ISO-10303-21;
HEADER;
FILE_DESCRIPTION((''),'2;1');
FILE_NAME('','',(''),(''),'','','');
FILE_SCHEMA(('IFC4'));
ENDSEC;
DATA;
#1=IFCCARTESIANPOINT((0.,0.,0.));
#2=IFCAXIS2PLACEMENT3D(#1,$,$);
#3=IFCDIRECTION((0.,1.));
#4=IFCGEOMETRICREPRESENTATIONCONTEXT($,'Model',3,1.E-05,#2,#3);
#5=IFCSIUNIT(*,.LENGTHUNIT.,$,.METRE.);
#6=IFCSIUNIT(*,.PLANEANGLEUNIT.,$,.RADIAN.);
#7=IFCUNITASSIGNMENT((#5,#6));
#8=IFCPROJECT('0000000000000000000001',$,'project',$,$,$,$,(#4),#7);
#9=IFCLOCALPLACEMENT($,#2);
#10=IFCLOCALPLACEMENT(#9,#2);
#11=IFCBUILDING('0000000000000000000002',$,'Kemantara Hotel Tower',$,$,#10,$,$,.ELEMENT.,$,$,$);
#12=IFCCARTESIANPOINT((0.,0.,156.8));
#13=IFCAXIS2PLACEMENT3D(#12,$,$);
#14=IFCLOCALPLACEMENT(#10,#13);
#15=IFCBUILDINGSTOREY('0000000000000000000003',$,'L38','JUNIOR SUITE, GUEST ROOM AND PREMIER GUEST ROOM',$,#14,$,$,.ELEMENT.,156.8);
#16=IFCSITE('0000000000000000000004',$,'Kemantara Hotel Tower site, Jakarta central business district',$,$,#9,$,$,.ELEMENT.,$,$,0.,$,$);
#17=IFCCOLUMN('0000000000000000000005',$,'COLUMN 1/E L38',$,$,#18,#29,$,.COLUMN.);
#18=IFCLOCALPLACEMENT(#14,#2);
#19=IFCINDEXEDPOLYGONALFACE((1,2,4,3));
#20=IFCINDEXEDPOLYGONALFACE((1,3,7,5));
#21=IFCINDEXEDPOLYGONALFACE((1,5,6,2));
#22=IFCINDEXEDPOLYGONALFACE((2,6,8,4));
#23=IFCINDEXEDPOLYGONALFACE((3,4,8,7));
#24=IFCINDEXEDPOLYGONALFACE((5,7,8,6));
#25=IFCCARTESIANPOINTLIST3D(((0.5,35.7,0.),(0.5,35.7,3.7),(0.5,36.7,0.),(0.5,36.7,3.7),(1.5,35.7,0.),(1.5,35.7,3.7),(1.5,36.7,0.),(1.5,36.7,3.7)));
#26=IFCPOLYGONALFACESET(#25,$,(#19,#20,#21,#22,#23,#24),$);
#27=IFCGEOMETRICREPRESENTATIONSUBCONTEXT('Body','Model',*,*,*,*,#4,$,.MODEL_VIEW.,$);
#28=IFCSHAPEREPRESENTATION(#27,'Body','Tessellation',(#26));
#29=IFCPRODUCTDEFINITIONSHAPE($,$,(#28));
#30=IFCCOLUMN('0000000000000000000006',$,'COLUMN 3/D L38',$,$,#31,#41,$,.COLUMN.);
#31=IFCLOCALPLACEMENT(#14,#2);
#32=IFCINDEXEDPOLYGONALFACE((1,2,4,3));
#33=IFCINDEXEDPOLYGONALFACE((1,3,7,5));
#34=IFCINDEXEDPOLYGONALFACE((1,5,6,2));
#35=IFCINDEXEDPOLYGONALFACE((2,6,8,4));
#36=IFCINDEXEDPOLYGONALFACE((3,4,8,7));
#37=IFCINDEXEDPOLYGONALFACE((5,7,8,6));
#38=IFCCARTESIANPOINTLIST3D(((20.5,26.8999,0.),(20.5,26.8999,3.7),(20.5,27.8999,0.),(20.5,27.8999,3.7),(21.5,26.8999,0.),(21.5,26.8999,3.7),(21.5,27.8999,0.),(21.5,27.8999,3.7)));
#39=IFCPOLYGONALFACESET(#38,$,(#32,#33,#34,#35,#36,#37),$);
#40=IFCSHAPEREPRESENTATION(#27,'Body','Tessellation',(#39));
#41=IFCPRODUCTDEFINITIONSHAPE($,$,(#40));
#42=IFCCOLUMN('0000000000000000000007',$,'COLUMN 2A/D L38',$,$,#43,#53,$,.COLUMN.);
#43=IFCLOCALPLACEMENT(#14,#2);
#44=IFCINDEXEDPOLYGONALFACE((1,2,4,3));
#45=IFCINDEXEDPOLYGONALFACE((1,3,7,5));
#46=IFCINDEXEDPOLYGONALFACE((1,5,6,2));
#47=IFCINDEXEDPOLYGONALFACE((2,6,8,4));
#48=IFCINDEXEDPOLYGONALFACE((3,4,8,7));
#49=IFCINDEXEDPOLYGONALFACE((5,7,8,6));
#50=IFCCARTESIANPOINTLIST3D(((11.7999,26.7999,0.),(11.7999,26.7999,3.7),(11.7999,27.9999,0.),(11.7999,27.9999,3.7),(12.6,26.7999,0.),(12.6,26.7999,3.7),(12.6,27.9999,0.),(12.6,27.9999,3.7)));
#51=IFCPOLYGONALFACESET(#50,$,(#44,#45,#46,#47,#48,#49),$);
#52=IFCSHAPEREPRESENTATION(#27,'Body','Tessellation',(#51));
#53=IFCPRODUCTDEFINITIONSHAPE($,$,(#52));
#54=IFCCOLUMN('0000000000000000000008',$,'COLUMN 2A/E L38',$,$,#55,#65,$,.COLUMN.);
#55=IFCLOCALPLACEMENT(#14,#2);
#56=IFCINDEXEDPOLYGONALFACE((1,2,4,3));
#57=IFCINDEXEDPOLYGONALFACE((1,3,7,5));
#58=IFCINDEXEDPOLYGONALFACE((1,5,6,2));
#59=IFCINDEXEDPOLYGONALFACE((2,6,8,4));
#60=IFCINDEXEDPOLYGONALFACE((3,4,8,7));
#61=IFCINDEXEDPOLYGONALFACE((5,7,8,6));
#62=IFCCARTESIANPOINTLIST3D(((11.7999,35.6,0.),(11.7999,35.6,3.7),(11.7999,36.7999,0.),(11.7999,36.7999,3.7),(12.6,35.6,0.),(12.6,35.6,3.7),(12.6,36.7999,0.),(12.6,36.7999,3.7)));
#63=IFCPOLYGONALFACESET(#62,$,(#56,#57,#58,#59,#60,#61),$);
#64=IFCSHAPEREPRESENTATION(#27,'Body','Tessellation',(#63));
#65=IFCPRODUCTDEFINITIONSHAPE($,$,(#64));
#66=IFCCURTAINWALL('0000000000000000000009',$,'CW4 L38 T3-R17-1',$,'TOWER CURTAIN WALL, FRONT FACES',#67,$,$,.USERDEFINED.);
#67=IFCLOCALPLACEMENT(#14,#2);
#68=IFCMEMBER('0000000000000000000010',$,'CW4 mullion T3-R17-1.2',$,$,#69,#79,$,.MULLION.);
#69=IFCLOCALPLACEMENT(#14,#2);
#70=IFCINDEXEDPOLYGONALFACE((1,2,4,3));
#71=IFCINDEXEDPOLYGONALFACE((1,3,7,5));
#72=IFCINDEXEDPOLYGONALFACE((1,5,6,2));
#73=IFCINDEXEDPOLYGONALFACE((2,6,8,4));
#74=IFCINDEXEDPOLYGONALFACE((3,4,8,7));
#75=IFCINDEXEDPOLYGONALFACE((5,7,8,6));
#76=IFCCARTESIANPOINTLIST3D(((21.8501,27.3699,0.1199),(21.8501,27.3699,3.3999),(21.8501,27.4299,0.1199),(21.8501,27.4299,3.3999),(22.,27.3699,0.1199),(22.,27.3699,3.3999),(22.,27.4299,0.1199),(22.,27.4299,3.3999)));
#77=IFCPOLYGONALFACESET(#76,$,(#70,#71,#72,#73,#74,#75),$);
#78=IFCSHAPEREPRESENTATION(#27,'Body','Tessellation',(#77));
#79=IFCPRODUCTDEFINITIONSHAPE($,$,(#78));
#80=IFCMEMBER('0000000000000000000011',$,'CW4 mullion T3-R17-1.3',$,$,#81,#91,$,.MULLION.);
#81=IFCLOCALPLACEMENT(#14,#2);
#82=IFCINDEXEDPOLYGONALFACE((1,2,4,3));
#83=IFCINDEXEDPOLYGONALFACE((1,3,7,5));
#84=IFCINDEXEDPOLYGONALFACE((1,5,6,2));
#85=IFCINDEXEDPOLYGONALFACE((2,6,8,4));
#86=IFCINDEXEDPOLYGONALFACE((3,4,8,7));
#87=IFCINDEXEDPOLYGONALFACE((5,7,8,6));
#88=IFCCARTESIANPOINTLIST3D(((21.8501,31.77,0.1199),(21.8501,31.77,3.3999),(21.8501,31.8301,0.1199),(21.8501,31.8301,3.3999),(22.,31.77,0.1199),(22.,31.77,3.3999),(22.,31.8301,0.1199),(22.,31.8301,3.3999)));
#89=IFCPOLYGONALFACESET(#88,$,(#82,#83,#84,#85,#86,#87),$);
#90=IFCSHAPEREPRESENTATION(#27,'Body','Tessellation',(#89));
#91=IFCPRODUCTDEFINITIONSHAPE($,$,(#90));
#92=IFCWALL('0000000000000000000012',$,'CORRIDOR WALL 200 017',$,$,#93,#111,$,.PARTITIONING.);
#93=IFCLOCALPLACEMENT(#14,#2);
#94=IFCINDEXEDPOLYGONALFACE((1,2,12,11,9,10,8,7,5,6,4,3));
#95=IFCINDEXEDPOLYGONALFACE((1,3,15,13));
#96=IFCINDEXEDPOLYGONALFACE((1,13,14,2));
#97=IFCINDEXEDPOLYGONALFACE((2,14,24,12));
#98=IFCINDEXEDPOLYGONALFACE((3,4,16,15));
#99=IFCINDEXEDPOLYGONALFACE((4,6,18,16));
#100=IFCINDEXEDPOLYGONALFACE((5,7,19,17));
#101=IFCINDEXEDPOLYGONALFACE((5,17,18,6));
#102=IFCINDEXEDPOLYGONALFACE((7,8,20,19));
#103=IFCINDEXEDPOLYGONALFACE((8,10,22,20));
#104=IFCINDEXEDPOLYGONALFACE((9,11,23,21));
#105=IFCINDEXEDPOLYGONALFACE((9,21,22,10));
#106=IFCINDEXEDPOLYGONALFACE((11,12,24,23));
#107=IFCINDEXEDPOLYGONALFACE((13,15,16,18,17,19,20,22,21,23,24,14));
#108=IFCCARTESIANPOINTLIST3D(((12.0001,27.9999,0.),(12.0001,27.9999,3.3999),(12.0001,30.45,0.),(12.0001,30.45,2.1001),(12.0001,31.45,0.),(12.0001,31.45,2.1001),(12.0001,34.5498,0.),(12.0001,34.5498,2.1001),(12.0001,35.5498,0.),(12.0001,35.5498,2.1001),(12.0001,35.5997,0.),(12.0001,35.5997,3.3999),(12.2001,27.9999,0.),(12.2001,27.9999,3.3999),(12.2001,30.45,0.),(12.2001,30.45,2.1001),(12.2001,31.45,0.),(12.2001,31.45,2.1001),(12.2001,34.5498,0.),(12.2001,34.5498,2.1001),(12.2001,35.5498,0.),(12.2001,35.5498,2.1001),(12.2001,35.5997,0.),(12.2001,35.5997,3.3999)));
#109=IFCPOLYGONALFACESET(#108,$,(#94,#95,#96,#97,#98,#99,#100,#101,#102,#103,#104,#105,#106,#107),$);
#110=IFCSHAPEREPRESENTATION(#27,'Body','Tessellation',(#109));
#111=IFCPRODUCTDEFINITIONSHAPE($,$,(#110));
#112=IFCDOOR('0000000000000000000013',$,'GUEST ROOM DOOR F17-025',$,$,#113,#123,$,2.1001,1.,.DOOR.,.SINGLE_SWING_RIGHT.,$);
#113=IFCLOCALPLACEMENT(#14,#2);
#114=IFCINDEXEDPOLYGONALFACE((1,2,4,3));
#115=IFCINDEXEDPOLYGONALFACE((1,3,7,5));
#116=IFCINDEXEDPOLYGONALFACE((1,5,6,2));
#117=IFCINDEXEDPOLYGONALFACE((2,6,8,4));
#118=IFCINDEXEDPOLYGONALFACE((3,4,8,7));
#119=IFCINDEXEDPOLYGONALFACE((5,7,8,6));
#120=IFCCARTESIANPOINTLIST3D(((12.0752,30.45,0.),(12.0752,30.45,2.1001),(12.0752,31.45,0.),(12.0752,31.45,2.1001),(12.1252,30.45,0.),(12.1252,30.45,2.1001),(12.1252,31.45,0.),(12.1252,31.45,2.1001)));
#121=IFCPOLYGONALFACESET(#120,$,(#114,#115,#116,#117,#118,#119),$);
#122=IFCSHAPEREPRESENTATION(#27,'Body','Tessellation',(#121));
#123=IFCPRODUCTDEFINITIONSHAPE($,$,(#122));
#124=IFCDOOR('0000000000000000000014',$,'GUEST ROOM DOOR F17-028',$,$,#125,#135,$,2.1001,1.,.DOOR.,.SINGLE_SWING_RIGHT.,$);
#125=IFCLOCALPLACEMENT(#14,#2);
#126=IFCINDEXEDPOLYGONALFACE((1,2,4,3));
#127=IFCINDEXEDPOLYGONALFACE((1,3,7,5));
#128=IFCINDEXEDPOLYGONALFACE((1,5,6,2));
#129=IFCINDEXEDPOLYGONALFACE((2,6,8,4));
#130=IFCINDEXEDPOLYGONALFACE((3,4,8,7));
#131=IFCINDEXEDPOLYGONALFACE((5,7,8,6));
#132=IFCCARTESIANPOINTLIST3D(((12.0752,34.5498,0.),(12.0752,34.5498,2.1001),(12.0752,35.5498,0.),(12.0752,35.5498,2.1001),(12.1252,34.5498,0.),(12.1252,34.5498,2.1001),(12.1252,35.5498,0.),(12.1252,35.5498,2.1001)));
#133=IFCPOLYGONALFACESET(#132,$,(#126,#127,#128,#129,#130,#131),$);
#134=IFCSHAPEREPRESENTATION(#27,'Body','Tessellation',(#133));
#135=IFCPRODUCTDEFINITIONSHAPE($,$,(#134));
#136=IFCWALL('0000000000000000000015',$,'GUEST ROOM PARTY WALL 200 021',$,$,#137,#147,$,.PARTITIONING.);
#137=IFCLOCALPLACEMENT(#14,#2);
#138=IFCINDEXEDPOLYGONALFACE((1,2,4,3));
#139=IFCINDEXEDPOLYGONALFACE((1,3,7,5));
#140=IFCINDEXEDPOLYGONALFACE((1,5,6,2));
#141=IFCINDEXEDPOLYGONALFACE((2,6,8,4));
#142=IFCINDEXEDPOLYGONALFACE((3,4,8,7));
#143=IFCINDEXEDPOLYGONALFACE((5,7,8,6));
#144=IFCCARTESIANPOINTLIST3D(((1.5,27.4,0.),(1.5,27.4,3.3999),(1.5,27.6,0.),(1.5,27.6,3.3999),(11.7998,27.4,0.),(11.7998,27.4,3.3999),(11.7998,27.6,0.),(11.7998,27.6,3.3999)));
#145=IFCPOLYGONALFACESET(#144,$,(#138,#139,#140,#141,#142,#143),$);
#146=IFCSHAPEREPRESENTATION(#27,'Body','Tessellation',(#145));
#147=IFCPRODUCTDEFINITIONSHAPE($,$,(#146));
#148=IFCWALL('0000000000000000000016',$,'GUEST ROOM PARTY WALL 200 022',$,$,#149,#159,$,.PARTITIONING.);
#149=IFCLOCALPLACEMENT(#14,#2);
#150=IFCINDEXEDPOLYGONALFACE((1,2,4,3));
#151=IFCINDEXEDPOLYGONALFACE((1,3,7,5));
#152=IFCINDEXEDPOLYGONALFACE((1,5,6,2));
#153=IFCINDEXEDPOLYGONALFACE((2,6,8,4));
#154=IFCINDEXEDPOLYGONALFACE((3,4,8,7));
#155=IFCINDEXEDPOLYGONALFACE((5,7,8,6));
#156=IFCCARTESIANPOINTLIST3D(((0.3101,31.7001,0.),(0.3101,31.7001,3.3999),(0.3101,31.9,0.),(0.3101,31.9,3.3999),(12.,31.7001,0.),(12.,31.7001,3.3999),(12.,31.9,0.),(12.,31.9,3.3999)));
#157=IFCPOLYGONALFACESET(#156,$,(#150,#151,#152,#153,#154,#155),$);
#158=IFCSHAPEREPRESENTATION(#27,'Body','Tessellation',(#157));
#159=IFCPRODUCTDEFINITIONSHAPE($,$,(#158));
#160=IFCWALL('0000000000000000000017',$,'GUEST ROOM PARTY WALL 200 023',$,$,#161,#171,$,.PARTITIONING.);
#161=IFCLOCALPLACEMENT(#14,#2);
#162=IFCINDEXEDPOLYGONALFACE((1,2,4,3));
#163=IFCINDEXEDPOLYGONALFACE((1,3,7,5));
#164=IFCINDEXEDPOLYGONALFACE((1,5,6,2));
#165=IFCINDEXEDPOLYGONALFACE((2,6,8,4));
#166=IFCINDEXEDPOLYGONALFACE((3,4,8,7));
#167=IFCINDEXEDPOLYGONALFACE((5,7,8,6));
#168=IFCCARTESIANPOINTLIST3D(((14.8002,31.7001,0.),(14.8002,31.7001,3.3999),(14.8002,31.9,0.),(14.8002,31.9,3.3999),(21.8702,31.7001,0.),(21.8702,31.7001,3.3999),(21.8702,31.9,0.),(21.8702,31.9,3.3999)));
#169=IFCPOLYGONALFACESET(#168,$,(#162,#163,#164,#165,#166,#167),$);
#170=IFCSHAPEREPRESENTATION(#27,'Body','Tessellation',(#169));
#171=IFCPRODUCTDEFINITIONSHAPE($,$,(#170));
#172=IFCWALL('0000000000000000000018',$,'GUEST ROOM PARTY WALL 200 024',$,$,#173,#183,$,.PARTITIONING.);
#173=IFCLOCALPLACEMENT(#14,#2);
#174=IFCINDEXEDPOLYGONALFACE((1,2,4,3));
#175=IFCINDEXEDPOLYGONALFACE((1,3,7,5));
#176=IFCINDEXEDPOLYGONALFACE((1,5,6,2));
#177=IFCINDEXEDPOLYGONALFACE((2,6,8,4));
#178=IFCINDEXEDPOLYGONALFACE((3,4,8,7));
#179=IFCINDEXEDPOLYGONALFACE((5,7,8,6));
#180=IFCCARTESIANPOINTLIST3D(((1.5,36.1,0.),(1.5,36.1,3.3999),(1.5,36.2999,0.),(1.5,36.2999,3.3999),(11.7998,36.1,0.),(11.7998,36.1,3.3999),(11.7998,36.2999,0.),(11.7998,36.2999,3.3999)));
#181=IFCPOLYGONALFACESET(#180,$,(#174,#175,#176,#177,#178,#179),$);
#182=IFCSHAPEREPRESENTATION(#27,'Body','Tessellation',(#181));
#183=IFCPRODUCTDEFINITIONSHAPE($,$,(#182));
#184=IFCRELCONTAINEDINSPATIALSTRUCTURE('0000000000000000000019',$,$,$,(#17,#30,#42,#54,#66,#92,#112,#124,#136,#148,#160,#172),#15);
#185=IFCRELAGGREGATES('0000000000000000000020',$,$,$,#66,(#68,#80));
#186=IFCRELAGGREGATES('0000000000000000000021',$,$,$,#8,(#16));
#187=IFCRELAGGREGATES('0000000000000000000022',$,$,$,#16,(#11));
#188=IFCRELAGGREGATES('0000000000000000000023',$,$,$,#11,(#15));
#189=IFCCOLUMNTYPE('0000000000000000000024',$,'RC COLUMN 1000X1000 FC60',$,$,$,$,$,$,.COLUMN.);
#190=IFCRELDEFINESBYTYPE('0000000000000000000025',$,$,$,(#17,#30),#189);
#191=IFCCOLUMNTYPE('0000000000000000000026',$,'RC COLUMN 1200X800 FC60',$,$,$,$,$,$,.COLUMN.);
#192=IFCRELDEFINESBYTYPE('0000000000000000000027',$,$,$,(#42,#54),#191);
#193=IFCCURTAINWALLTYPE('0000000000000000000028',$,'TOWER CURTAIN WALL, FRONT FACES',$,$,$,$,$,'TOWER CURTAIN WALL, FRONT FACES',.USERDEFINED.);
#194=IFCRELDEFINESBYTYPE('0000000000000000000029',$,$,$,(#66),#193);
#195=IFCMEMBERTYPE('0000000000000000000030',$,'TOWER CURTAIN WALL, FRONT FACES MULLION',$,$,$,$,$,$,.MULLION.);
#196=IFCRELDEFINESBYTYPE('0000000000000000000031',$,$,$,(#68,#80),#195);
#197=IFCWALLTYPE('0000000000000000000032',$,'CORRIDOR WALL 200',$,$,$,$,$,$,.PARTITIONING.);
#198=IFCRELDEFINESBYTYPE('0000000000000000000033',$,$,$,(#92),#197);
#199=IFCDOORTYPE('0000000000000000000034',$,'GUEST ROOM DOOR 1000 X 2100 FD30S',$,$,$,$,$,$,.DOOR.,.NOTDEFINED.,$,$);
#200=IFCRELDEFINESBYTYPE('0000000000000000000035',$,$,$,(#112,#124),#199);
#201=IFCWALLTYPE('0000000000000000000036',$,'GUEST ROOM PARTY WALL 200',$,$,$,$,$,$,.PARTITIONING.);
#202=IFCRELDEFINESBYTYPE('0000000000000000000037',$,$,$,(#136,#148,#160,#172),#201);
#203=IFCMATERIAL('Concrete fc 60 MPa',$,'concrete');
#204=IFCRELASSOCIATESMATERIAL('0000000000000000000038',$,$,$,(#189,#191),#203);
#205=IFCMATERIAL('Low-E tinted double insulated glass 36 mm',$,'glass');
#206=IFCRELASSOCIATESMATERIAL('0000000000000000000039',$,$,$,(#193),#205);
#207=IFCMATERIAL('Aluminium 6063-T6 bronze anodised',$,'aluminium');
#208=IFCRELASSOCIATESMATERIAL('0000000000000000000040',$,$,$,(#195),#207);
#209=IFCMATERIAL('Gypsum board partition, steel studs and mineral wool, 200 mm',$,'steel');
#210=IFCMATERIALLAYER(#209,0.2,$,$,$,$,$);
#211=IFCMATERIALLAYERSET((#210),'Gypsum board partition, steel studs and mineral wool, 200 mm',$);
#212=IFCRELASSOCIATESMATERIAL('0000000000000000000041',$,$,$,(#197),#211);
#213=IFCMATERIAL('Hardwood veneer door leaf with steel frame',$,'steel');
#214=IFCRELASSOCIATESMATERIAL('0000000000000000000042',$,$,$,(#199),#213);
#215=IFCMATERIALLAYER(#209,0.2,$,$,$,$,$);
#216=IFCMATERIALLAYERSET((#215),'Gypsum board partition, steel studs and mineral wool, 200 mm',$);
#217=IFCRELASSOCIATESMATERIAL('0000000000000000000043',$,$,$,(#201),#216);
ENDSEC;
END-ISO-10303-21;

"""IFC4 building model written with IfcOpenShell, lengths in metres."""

from ifc_helpers import new_model, si_unit, direction, frame, frame_2d, origin, origin_2d, place, context, subcontext, project, spatial, rectangle, extrude, source, transform, mapped, material, layer, layer_set, material_profile, profile_set, type_object, element, fill, aggregate, save


model = new_model("IFC4")

# Units and contexts
model_context = context("Model", 3, precision=1e-05, world=origin(), true_north=direction((0.0, 1.0)))
body_context = subcontext(model_context, "Body", "Model", "MODEL_VIEW")
ifc_project = project(units=[si_unit("LENGTHUNIT", "METRE"), si_unit("PLANEANGLEUNIT", "RADIAN")], contexts=[model_context])

# Site, building, storey
site_placement = place(None, origin())
site = spatial("IfcSite", under=ifc_project, at=site_placement, Name="Kemantara Hotel Tower site, Jakarta central business district", CompositionType="ELEMENT", RefElevation=0.0)
building_placement = place(site_placement, origin())
building = spatial("IfcBuilding", under=site, at=building_placement, Name="Kemantara Hotel Tower", CompositionType="ELEMENT")
storey_placement = place(building_placement, frame((0.0, 0.0, 156.8)))
storey = spatial("IfcBuildingStorey", under=building, at=storey_placement, Name="L38", Description="JUNIOR SUITE, GUEST ROOM AND PREMIER GUEST ROOM", CompositionType="ELEMENT", Elevation=156.8)

# Columns
ifc_material_1 = material(Name="Concrete fc 60 MPa", Category="concrete")
ifc_material_profile_1 = material_profile(ifc_material_1, rectangle(XDim=1.0, YDim=1.0, at=origin_2d()), Name="RC 1000X1000")
ifc_profile_set_1 = profile_set([ifc_material_profile_1], Name="Concrete fc 60 MPa")
column_type_1 = type_object("IfcColumnType", Name="RC COLUMN 1000X1000 FC60", PredefinedType="COLUMN", material=ifc_profile_set_1)
for number, where, z_axis, x_axis, name in (
    (1, (1.0, 36.2, 0.0), (0.0, 0.0, 1.0), (1.0, 0.0, 0.0), "COLUMN 1/E L38"),
    (2, (21.0, 27.3999, 0.0), (0.0, 0.0, 1.0), (1.0, 0.0, 0.0), "COLUMN 3/D L38"),
):
    element("IfcColumn", number, at=place(storey_placement, frame(where, z_axis=z_axis, x_axis=x_axis)), inside=storey, type_object=column_type_1, Name=name, PredefinedType="COLUMN", context=body_context, shape_type="SweptSolid", body=[
        extrude(rectangle(XDim=1.0, YDim=1.0, at=origin_2d()), origin(), (0.0, 0.0, 1.0), 3.7),
    ])
ifc_material_profile_2 = material_profile(ifc_material_1, rectangle(XDim=1.2, YDim=0.8, at=origin_2d()), Name="RC 1200X800")
ifc_profile_set_2 = profile_set([ifc_material_profile_2], Name="Concrete fc 60 MPa")
column_type_2 = type_object("IfcColumnType", Name="RC COLUMN 1200X800 FC60", PredefinedType="COLUMN", material=ifc_profile_set_2)
for number, where, z_axis, x_axis, name in (
    (3, (12.2, 27.3999, 0.0), (0.0, 0.0, 1.0), (0.0, 1.0, 0.0), "COLUMN 2A/D L38"),
    (4, (12.2, 36.2, 0.0), (0.0, 0.0, 1.0), (0.0, 1.0, 0.0), "COLUMN 2A/E L38"),
):
    element("IfcColumn", number, at=place(storey_placement, frame(where, z_axis=z_axis, x_axis=x_axis)), inside=storey, type_object=column_type_2, Name=name, PredefinedType="COLUMN", context=body_context, shape_type="SweptSolid", body=[
        extrude(rectangle(XDim=1.2, YDim=0.8, at=origin_2d()), origin(), (0.0, 0.0, 1.0), 3.7),
    ])

# Curtain wall, members
ifc_material_2 = material(Name="Low-E tinted double insulated glass 36 mm", Category="glass")
curtain_wall_type = type_object("IfcCurtainWallType", Name="TOWER CURTAIN WALL, FRONT FACES", ElementType="TOWER CURTAIN WALL, FRONT FACES", PredefinedType="USERDEFINED", material=ifc_material_2)
curtain_wall_placement = place(storey_placement, origin())
curtain_wall = element("IfcCurtainWall", 5, at=curtain_wall_placement, inside=storey, type_object=curtain_wall_type, Name="CW4 L38 T3-R17-1", ObjectType="TOWER CURTAIN WALL, FRONT FACES", PredefinedType="USERDEFINED")
ifc_material_3 = material(Name="Aluminium 6063-T6 bronze anodised", Category="aluminium")
ifc_material_profile_3 = material_profile(ifc_material_3, rectangle(XDim=0.1499, YDim=0.0601, at=origin_2d()), Name="TOWER CURTAIN WALL, FRONT FACES MULLION")
ifc_profile_set_3 = profile_set([ifc_material_profile_3], Name="Aluminium 6063-T6 bronze anodised")
member_type = type_object("IfcMemberType", Name="TOWER CURTAIN WALL, FRONT FACES MULLION", PredefinedType="MULLION", material=ifc_profile_set_3)
shared_shape_1 = source(origin(), body_context, "Body", "SweptSolid", [
    extrude(rectangle(XDim=0.1499, YDim=0.0601, at=origin_2d()), origin(), (0.0, 0.0, 1.0), 3.28),
])
member_1_placement = place(storey_placement, frame((21.925, 27.3999, 0.1199), z_axis=(0.0, 0.0, 1.0), x_axis=(-1.0, 0.0, 0.0)))
member_1 = element("IfcMember", 6, at=member_1_placement, type_object=member_type, Name="CW4 mullion T3-R17-1.2", PredefinedType="MULLION", context=body_context, shape_type="MappedRepresentation", body=[
    mapped(shared_shape_1, transform((0.0, 0.0, 0.0))),
])
member_2_placement = place(storey_placement, frame((21.925, 31.8, 0.1199), z_axis=(0.0, 0.0, 1.0), x_axis=(-1.0, 0.0, 0.0)))
member_2 = element("IfcMember", 7, at=member_2_placement, type_object=member_type, Name="CW4 mullion T3-R17-1.3", PredefinedType="MULLION", context=body_context, shape_type="MappedRepresentation", body=[
    mapped(shared_shape_1, transform((0.0, 0.0, 0.0))),
])
aggregate(curtain_wall, [member_1, member_2])

# Wall, openings, doors
ifc_material_4 = material(Name="Gypsum board partition, steel studs and mineral wool, 200 mm", Category="steel")
ifc_layer_1 = layer(ifc_material_4, 0.2)
ifc_layer_set_1 = layer_set([ifc_layer_1], Name="Gypsum board partition, steel studs and mineral wool, 200 mm")
wall_type_1 = type_object("IfcWallType", Name="CORRIDOR WALL 200", PredefinedType="PARTITIONING", material=ifc_layer_set_1)
wall_1_placement = place(storey_placement, frame((12.1001, 28.0, 0.0), z_axis=(0.0, 0.0, 1.0), x_axis=(0.0, 1.0, 0.0)))
wall_1 = element("IfcWall", 8, at=wall_1_placement, inside=storey, type_object=wall_type_1, Name="CORRIDOR WALL 200 017", PredefinedType="PARTITIONING", context=body_context, shape_type="SweptSolid", body=[
    extrude(rectangle(XDim=7.5999, YDim=0.2, at=frame_2d((3.7998, 0.0))), origin(), (0.0, 0.0, 1.0), 3.3999),
])
opening_1_placement = place(wall_1_placement, frame((2.45, 0.0, 0.0)))
opening_1 = element("IfcOpeningElement", 9, at=opening_1_placement, cuts=wall_1, PredefinedType="OPENING", context=body_context, shape_type="SweptSolid", body=[
    extrude(rectangle(XDim=1.0, YDim=2.1001, at=frame_2d((0.5, 1.05))), frame((0.0, 0.1099, 0.0), z_axis=(0.0, -1.0, 0.0), x_axis=(1.0, 0.0, 0.0)), (0.0, 0.0, 1.0), 0.22),
])
opening_2_placement = place(wall_1_placement, frame((6.5498, 0.0, 0.0)))
opening_2 = element("IfcOpeningElement", 10, at=opening_2_placement, cuts=wall_1, PredefinedType="OPENING", context=body_context, shape_type="SweptSolid", body=[
    extrude(rectangle(XDim=1.0, YDim=2.1001, at=frame_2d((0.5, 1.05))), frame((0.0, 0.1099, 0.0), z_axis=(0.0, -1.0, 0.0), x_axis=(1.0, 0.0, 0.0)), (0.0, 0.0, 1.0), 0.22),
])
ifc_material_5 = material(Name="Hardwood veneer door leaf with steel frame", Category="steel")
door_type_1 = type_object("IfcDoorType", Name="GUEST ROOM DOOR 1000 X 2100 FD30S", OperationType="NOTDEFINED", PredefinedType="DOOR", material=ifc_material_5)
door_1_placement = place(opening_1_placement, origin())
door_1 = element("IfcDoor", 11, at=door_1_placement, inside=storey, type_object=door_type_1, Name="GUEST ROOM DOOR F17-025", OperationType="SINGLE_SWING_RIGHT", OverallHeight=2.1001, OverallWidth=1.0, PredefinedType="DOOR", context=body_context, shape_type="SweptSolid", body=[
    extrude(rectangle(XDim=1.0, YDim=2.1001, at=frame_2d((0.5, 1.05))), frame((0.0, 0.0249, 0.0), z_axis=(0.0, -1.0, 0.0), x_axis=(1.0, 0.0, 0.0)), (0.0, 0.0, 1.0), 0.05),
])
fill(opening_1, door_1)
door_2_placement = place(opening_2_placement, origin())
door_2 = element("IfcDoor", 12, at=door_2_placement, inside=storey, type_object=door_type_1, Name="GUEST ROOM DOOR F17-028", OperationType="SINGLE_SWING_RIGHT", OverallHeight=2.1001, OverallWidth=1.0, PredefinedType="DOOR", context=body_context, shape_type="SweptSolid", body=[
    extrude(rectangle(XDim=1.0, YDim=2.1001, at=frame_2d((0.5, 1.05))), frame((0.0, 0.0249, 0.0), z_axis=(0.0, -1.0, 0.0), x_axis=(1.0, 0.0, 0.0)), (0.0, 0.0, 1.0), 0.05),
])
fill(opening_2, door_2)

# Walls
ifc_layer_2 = layer(ifc_material_4, 0.2)
ifc_layer_set_2 = layer_set([ifc_layer_2], Name="Gypsum board partition, steel studs and mineral wool, 200 mm")
wall_type_2 = type_object("IfcWallType", Name="GUEST ROOM PARTY WALL 200", PredefinedType="PARTITIONING", material=ifc_layer_set_2)
wall_2_placement = place(storey_placement, frame((1.5, 27.5, 0.0), z_axis=(0.0, 0.0, 1.0), x_axis=(1.0, 0.0, 0.0)))
element("IfcWall", 13, at=wall_2_placement, inside=storey, type_object=wall_type_2, Name="GUEST ROOM PARTY WALL 200 021", PredefinedType="PARTITIONING", context=body_context, shape_type="SweptSolid", body=[
    extrude(rectangle(XDim=10.2998, YDim=0.2, at=frame_2d((5.1499, 0.0))), origin(), (0.0, 0.0, 1.0), 3.3999),
])
wall_3_placement = place(storey_placement, frame((0.3101, 31.8, 0.0), z_axis=(0.0, 0.0, 1.0), x_axis=(1.0, 0.0, 0.0)))
element("IfcWall", 14, at=wall_3_placement, inside=storey, type_object=wall_type_2, Name="GUEST ROOM PARTY WALL 200 022", PredefinedType="PARTITIONING", context=body_context, shape_type="SweptSolid", body=[
    extrude(rectangle(XDim=11.6899, YDim=0.2, at=frame_2d((5.845, 0.0))), origin(), (0.0, 0.0, 1.0), 3.3999),
])
wall_4_placement = place(storey_placement, frame((14.8, 31.8, 0.0), z_axis=(0.0, 0.0, 1.0), x_axis=(1.0, 0.0, 0.0)))
element("IfcWall", 15, at=wall_4_placement, inside=storey, type_object=wall_type_2, Name="GUEST ROOM PARTY WALL 200 023", PredefinedType="PARTITIONING", context=body_context, shape_type="SweptSolid", body=[
    extrude(rectangle(XDim=7.0701, YDim=0.2, at=frame_2d((3.5352, 0.0))), origin(), (0.0, 0.0, 1.0), 3.3999),
])
wall_5_placement = place(storey_placement, frame((1.5, 36.2, 0.0), z_axis=(0.0, 0.0, 1.0), x_axis=(1.0, 0.0, 0.0)))
element("IfcWall", 16, at=wall_5_placement, inside=storey, type_object=wall_type_2, Name="GUEST ROOM PARTY WALL 200 024", PredefinedType="PARTITIONING", context=body_context, shape_type="SweptSolid", body=[
    extrude(rectangle(XDim=10.2998, YDim=0.2, at=frame_2d((5.1499, 0.0))), origin(), (0.0, 0.0, 1.0), 3.3999),
])

save(model, "model.ifc")
